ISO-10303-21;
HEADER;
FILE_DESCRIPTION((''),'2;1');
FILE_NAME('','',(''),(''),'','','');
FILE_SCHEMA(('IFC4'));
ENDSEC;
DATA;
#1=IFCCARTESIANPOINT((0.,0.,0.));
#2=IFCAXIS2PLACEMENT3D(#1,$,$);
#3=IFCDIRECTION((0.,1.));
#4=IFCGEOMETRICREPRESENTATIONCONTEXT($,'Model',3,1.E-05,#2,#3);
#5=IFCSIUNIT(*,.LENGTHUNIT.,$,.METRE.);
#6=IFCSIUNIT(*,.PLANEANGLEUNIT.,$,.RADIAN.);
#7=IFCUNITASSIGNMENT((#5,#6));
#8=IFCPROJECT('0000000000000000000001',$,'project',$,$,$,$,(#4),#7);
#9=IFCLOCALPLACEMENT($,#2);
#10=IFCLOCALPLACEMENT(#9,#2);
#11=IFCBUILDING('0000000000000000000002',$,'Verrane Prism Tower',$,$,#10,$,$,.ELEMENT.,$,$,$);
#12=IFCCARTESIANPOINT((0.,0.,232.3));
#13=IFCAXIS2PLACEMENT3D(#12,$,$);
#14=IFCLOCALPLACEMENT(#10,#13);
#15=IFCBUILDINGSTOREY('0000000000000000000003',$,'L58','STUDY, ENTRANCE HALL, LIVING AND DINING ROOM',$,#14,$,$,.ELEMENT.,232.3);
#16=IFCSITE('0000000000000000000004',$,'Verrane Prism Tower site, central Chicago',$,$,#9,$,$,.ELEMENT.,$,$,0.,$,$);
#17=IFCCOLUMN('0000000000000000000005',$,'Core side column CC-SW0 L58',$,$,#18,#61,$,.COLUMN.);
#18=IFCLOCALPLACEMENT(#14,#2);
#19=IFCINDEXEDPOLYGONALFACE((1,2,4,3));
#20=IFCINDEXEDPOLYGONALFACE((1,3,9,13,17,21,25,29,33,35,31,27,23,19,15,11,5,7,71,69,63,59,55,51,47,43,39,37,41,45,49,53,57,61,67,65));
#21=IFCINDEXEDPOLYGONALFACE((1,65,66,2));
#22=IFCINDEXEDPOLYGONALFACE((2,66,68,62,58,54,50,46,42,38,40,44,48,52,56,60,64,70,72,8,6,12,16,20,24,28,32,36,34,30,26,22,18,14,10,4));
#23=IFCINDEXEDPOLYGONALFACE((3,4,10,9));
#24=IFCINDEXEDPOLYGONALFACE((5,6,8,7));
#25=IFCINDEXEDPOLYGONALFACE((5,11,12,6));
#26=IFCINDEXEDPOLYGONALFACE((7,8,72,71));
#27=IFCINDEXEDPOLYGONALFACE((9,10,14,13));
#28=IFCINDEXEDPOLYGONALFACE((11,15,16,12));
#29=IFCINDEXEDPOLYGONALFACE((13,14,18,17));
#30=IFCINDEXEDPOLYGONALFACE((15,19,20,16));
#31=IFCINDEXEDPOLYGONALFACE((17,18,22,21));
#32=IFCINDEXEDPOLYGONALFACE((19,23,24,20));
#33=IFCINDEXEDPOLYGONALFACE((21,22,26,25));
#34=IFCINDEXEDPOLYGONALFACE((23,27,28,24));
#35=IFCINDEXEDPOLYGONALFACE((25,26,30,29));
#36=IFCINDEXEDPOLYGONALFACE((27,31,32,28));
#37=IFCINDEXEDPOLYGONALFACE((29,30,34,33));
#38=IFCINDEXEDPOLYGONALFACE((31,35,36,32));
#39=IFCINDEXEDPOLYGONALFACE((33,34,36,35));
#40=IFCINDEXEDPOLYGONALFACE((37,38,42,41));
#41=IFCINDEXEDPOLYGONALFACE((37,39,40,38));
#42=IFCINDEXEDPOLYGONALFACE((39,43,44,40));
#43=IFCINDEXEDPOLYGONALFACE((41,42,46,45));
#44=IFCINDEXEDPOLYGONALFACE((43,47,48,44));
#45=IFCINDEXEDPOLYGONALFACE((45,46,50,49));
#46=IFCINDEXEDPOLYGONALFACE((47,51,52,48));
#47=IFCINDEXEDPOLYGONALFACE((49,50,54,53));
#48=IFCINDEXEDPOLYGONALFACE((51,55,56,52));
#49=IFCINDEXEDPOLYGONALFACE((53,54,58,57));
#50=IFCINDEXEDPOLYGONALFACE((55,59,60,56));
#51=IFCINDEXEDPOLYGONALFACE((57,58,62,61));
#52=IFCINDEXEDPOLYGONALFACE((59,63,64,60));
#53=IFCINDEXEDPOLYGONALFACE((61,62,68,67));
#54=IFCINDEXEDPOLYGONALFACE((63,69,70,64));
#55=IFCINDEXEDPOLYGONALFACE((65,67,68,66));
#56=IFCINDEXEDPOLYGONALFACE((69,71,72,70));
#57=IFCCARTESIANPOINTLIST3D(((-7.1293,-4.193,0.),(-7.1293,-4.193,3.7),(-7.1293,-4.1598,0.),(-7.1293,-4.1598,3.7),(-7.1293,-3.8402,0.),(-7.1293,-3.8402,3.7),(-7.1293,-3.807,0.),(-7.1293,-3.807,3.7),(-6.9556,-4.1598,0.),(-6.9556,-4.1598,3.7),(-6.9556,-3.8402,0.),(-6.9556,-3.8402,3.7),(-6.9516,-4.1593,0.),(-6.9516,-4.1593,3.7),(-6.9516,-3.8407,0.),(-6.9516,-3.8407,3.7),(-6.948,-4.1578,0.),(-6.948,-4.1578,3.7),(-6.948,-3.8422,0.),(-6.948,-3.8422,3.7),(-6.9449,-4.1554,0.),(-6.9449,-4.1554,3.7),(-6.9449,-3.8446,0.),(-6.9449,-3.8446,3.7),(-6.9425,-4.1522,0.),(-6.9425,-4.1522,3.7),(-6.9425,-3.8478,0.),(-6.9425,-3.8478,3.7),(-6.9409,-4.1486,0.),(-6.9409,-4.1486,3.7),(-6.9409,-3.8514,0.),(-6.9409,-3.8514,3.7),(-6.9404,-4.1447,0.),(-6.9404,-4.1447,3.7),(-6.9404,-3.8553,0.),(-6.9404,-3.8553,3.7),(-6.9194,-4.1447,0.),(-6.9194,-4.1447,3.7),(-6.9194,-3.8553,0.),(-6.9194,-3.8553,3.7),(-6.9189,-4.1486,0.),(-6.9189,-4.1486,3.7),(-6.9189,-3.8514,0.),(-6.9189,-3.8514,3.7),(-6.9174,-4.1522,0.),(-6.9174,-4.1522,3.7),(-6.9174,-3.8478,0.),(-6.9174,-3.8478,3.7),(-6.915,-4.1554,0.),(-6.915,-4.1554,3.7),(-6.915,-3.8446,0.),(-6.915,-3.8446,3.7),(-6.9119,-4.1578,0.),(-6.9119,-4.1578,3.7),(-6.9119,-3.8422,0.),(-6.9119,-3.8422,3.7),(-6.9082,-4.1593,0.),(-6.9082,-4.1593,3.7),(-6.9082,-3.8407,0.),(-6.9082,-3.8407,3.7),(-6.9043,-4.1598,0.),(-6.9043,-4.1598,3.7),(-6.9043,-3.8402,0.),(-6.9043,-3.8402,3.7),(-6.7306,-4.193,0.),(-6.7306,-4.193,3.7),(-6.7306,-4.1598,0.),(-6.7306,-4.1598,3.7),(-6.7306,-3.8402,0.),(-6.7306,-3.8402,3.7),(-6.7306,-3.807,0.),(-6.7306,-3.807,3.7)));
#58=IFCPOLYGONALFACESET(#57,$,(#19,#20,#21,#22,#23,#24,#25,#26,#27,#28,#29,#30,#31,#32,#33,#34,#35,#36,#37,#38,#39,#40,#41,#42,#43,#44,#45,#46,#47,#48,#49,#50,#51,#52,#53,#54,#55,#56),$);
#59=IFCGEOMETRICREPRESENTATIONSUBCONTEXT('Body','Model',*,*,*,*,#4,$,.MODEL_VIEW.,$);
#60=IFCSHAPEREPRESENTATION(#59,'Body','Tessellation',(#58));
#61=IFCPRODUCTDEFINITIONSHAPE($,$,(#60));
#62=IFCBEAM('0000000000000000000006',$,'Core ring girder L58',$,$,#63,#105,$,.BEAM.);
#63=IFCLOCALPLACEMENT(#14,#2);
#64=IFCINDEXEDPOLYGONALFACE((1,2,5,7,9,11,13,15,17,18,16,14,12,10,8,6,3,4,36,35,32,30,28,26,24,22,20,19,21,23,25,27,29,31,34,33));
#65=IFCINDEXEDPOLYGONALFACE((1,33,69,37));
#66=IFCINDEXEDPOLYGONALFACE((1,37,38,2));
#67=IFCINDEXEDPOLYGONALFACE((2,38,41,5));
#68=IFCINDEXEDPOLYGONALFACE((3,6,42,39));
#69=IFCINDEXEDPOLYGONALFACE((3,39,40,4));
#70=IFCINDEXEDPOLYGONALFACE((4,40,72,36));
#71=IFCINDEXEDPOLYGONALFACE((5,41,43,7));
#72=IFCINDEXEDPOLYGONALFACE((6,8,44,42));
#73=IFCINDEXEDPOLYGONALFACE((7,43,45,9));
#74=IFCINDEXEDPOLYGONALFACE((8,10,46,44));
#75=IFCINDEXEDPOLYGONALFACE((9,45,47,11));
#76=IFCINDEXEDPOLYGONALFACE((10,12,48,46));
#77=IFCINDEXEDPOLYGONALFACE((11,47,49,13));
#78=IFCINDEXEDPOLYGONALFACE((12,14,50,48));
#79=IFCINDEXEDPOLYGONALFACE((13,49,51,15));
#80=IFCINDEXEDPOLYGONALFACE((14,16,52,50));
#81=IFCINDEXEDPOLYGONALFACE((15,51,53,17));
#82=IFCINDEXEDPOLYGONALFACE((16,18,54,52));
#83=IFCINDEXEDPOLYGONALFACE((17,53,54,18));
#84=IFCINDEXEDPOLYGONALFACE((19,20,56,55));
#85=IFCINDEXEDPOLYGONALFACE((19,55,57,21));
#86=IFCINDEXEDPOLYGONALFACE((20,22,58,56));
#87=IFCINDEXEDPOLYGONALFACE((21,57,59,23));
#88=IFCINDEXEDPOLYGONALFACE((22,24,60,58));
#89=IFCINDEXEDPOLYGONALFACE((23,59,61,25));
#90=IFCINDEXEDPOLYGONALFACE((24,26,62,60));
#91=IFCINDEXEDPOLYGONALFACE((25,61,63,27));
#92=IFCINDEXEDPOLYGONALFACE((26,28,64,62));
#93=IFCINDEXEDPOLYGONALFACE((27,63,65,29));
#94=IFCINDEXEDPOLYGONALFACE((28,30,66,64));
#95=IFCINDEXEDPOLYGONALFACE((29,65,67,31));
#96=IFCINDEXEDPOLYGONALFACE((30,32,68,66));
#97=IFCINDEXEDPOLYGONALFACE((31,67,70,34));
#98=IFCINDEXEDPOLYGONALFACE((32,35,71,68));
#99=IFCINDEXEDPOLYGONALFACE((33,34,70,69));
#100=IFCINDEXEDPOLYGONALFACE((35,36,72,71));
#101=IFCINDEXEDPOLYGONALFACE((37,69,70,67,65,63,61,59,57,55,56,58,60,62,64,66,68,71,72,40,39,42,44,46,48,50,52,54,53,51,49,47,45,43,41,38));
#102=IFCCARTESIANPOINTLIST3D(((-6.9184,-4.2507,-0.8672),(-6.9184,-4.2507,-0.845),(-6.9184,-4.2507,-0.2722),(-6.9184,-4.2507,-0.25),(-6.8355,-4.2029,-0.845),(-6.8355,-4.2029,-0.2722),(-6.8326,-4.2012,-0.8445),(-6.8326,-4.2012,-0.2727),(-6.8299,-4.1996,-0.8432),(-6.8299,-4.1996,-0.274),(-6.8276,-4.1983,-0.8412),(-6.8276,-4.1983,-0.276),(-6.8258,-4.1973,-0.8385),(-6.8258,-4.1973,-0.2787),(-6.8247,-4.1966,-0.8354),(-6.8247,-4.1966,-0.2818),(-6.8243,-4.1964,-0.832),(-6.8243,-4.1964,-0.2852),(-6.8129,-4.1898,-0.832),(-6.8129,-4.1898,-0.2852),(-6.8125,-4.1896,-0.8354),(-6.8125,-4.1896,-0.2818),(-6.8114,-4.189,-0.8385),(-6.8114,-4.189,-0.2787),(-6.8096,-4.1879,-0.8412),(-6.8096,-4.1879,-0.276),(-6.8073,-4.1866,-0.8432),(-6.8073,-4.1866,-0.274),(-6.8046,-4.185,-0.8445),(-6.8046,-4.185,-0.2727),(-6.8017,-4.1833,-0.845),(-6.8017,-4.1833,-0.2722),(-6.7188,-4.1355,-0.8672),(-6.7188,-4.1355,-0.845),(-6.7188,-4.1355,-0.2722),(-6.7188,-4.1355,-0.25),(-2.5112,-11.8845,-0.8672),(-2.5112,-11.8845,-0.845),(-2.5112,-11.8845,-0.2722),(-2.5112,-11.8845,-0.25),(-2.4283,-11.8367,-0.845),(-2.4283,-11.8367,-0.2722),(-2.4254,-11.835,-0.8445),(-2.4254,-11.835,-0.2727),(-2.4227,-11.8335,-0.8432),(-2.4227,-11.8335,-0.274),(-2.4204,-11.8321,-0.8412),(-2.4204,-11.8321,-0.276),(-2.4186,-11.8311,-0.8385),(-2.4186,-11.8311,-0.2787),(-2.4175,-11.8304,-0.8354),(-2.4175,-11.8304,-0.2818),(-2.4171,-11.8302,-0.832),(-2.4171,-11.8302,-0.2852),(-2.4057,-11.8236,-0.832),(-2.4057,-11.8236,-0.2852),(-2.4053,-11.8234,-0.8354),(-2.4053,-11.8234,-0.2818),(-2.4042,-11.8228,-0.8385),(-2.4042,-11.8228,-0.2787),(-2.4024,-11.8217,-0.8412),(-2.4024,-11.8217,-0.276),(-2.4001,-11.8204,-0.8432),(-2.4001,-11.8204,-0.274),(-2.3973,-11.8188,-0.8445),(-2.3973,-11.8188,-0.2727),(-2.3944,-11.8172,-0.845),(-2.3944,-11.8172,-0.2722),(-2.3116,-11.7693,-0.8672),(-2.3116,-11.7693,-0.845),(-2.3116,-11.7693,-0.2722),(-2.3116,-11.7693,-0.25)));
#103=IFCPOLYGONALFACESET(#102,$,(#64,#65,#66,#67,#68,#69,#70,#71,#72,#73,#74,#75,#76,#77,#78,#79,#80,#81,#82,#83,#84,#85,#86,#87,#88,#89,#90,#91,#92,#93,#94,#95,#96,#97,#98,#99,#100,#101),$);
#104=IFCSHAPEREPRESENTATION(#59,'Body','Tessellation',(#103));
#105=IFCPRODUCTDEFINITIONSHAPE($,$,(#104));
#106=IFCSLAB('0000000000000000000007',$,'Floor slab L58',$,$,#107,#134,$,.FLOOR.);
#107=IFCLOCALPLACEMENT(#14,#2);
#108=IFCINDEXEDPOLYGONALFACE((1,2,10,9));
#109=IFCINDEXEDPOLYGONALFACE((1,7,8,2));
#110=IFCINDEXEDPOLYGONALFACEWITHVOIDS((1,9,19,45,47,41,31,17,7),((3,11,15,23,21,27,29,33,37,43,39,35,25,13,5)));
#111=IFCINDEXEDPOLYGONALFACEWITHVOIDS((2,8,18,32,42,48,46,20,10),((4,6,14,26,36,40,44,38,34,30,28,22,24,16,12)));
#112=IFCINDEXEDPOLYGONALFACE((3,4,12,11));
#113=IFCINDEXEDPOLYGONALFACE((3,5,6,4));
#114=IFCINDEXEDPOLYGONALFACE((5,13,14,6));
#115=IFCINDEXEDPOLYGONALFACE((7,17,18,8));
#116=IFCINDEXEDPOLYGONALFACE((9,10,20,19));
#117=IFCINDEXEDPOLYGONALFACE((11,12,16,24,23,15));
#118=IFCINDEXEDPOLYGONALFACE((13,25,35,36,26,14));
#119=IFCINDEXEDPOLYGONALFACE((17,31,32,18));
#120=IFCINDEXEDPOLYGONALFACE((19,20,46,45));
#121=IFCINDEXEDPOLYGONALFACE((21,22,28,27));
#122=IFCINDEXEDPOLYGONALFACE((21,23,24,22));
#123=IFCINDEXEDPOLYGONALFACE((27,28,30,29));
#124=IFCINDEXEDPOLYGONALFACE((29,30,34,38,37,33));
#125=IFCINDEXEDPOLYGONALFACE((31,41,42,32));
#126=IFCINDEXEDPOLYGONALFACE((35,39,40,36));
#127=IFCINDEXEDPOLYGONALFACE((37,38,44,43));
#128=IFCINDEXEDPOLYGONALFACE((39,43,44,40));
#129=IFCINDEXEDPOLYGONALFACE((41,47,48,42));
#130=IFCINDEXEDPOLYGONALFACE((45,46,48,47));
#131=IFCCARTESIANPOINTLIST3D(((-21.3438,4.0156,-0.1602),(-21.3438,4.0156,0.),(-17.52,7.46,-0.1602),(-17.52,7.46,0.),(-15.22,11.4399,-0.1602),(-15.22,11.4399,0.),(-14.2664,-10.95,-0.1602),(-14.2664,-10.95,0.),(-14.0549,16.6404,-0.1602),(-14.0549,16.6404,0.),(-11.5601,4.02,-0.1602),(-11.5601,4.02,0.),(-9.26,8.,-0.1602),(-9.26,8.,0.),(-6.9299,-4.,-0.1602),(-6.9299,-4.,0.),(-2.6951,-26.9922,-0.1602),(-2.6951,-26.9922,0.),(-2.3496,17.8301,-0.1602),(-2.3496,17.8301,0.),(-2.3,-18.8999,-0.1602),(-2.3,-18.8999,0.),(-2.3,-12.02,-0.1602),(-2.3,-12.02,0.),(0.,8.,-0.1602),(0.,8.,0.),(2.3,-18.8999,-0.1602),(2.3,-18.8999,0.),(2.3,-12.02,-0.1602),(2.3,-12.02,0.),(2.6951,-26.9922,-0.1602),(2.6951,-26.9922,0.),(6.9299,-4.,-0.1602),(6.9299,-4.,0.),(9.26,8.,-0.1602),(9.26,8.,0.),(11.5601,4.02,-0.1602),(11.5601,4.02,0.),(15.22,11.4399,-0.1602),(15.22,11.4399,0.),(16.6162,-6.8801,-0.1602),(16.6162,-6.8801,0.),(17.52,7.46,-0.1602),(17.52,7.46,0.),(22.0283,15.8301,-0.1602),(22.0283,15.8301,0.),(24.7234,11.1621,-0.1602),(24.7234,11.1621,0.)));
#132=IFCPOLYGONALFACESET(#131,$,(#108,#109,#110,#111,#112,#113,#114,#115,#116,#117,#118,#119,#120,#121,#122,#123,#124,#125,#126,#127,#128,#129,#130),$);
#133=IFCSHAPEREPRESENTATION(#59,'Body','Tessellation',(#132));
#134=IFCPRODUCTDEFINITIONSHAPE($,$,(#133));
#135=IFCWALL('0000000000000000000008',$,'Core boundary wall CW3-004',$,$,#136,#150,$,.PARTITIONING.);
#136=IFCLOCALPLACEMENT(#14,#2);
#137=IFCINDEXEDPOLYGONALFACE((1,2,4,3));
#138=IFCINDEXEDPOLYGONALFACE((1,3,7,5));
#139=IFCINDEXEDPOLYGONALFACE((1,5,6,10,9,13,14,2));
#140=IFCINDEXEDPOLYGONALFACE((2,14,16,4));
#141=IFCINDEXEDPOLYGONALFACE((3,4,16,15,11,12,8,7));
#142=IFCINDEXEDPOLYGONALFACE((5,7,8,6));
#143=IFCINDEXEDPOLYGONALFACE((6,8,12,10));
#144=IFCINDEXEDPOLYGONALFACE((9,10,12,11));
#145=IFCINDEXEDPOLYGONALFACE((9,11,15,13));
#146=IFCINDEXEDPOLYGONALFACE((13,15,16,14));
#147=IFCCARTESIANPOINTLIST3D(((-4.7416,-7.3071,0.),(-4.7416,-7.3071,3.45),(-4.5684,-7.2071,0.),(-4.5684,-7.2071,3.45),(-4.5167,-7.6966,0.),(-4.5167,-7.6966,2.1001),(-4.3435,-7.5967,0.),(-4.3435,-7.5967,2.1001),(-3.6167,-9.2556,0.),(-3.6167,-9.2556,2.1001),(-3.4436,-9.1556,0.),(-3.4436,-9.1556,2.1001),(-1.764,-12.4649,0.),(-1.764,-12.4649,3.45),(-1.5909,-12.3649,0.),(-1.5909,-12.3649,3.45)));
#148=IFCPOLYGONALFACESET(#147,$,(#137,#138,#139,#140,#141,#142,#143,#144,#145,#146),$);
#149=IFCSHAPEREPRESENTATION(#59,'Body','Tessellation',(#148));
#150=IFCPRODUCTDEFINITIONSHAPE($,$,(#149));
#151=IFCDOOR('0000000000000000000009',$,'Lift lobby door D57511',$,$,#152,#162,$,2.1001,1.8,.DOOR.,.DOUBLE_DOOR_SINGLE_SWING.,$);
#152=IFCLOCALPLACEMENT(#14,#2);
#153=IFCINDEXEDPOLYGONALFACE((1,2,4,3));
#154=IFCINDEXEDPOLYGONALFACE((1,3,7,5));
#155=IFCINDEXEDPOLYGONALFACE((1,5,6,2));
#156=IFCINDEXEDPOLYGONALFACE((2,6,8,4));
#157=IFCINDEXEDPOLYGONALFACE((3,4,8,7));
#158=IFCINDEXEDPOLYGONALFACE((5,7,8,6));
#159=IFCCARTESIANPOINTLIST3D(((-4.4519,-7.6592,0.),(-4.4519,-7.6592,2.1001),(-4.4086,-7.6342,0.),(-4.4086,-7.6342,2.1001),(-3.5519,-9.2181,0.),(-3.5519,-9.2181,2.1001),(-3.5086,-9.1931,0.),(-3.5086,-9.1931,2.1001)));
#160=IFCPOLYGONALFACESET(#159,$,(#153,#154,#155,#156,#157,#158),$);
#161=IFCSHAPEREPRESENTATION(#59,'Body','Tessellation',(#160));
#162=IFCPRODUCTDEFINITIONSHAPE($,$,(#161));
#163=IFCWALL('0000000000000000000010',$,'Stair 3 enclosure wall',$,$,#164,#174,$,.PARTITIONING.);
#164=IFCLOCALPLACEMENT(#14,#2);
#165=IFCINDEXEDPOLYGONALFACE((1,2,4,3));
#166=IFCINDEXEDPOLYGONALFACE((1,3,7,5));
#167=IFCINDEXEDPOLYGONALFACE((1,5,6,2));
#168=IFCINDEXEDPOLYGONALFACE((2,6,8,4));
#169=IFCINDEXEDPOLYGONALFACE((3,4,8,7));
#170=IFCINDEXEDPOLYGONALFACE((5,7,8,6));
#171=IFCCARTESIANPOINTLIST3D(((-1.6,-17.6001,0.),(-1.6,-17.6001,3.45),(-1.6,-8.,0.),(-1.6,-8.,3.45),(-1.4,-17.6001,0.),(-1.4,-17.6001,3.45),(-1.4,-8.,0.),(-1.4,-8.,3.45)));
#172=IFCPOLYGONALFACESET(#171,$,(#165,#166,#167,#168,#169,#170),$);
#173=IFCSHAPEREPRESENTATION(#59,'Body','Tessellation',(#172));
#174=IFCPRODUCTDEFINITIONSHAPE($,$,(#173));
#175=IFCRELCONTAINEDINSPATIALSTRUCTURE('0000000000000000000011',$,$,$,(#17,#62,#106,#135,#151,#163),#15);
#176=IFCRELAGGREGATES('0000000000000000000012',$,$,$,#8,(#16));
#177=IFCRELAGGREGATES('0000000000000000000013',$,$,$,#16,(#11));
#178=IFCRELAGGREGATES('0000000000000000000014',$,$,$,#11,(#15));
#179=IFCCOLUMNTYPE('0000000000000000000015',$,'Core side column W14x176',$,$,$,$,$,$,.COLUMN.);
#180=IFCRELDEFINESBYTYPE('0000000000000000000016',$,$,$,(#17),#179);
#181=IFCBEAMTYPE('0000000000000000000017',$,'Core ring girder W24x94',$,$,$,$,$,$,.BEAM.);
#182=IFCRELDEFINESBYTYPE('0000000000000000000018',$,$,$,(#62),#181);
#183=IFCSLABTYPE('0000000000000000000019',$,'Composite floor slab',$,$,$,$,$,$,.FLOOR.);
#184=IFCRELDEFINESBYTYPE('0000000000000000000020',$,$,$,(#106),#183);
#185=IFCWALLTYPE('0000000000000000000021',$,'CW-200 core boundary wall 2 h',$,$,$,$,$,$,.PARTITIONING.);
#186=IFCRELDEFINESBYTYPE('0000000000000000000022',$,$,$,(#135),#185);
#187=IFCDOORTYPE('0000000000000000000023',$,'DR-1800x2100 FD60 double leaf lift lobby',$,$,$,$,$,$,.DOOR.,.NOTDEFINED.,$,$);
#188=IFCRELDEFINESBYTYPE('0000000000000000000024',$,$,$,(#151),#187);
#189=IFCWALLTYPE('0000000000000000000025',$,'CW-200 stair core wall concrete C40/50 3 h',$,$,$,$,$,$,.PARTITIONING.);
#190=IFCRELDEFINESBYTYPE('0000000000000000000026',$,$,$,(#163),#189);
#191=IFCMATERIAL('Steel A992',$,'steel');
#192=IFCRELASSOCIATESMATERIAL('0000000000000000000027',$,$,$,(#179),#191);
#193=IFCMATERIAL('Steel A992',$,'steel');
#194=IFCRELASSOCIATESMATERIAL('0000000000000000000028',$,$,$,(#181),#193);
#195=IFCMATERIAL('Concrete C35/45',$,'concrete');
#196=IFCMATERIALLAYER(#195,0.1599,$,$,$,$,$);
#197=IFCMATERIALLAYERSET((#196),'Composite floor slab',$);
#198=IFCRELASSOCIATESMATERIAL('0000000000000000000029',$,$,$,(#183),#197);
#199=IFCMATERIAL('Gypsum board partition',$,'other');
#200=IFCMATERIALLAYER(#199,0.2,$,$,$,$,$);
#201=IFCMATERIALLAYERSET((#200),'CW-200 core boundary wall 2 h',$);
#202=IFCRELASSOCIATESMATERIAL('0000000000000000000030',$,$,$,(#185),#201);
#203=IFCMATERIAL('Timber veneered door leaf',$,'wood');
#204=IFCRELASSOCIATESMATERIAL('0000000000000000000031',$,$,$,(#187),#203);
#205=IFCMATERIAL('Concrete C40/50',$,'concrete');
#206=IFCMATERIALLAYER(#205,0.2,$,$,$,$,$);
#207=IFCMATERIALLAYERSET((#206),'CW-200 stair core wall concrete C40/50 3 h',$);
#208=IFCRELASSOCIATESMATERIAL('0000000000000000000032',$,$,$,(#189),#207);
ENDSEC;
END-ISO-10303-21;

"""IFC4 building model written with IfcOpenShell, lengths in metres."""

from ifc_helpers import new_model, si_unit, direction, frame, frame_2d, origin, origin_2d, place, context, subcontext, project, spatial, polyline, rectangle, i_section, outline, extrude, material, layer, layer_set, material_profile, profile_set, type_object, element, fill, save


model = new_model("IFC4")

# Units and contexts
model_context = context("Model", 3, precision=1e-05, world=origin(), true_north=direction((0.0, 1.0)))
body_context = subcontext(model_context, "Body", "Model", "MODEL_VIEW")
ifc_project = project(units=[si_unit("LENGTHUNIT", "METRE"), si_unit("PLANEANGLEUNIT", "RADIAN")], contexts=[model_context])

# Site, building, storey
site_placement = place(None, origin())
site = spatial("IfcSite", under=ifc_project, at=site_placement, Name="Verrane Prism Tower site, central Chicago", CompositionType="ELEMENT", RefElevation=0.0)
building_placement = place(site_placement, origin())
building = spatial("IfcBuilding", under=site, at=building_placement, Name="Verrane Prism Tower", CompositionType="ELEMENT")
storey_placement = place(building_placement, frame((0.0, 0.0, 232.3)))
storey = spatial("IfcBuildingStorey", under=building, at=storey_placement, Name="L58", Description="STUDY, ENTRANCE HALL, LIVING AND DINING ROOM", CompositionType="ELEMENT", Elevation=232.3)

# Column
ifc_material_1 = material(Name="Steel A992", Category="steel")
ifc_material_profile_1 = material_profile(ifc_material_1, i_section(OverallWidth=0.3987, OverallDepth=0.386, WebThickness=0.021, FlangeThickness=0.0332, FilletRadius=0.0151, at=origin_2d()), Name="W14x176")
ifc_profile_set_1 = profile_set([ifc_material_profile_1], Name="Steel A992")
column_type = type_object("IfcColumnType", Name="Core side column W14x176", PredefinedType="COLUMN", material=ifc_profile_set_1)
column_placement = place(storey_placement, frame((-6.9299, -4.0, 0.0), z_axis=(0.0, 0.0, 1.0), x_axis=(1.0, 0.0, 0.0)))
element("IfcColumn", 1, at=column_placement, inside=storey, type_object=column_type, Name="Core side column CC-SW0 L58", PredefinedType="COLUMN", context=body_context, shape_type="SweptSolid", body=[
    extrude(i_section(OverallWidth=0.3987, OverallDepth=0.386, WebThickness=0.021, FlangeThickness=0.0332, FilletRadius=0.0151, at=origin_2d()), origin(), (0.0, 0.0, 1.0), 3.7),
])

# Beam
ifc_material_2 = material(Name="Steel A992", Category="steel")
ifc_material_profile_2 = material_profile(ifc_material_2, i_section(OverallWidth=0.2305, OverallDepth=0.6172, WebThickness=0.0132, FlangeThickness=0.0222, FilletRadius=0.0129, at=origin_2d()), Name="W24x94")
ifc_profile_set_2 = profile_set([ifc_material_profile_2], Name="Steel A992")
beam_type = type_object("IfcBeamType", Name="Core ring girder W24x94", PredefinedType="BEAM", material=ifc_profile_set_2)
beam_placement = place(storey_placement, frame((-6.8186, -4.1931, -0.5586), z_axis=(0.499988, -0.866032, 0.0), x_axis=(0.866032, 0.499988, 0.0)))
element("IfcBeam", 2, at=beam_placement, inside=storey, type_object=beam_type, Name="Core ring girder L58", PredefinedType="BEAM", context=body_context, shape_type="SweptSolid", body=[
    extrude(i_section(OverallWidth=0.2305, OverallDepth=0.6172, WebThickness=0.0132, FlangeThickness=0.0222, FilletRadius=0.0129, at=origin_2d()), origin(), (0.0, 0.0, 1.0), 8.8147),
])

# Slab
ifc_material_3 = material(Name="Concrete C35/45", Category="concrete")
ifc_layer_1 = layer(ifc_material_3, 0.1599)
ifc_layer_set_1 = layer_set([ifc_layer_1], Name="Composite floor slab")
slab_type = type_object("IfcSlabType", Name="Composite floor slab", PredefinedType="FLOOR", material=ifc_layer_set_1)
slab_placement = place(storey_placement, frame((0.0, 0.0, -0.1602)))
element("IfcSlab", 3, at=slab_placement, inside=storey, type_object=slab_type, Name="Floor slab L58", PredefinedType="FLOOR", context=body_context, shape_type="SweptSolid", body=[
    extrude(outline(polyline([(-2.3496, 17.8301), (22.0283, 15.8301), (24.7234, 11.1621), (16.6162, -6.8801), (2.6951, -26.9922), (-2.6951, -26.9922), (-14.2664, -10.95), (-21.3438, 4.0156), (-14.0549, 16.6404), (-2.3496, 17.8301)]), holes=[polyline([(17.52, 7.46), (15.22, 11.4399), (9.26, 8.0), (0.0, 8.0), (-9.26, 8.0), (-15.22, 11.4399), (-17.52, 7.46), (-11.5601, 4.02), (-6.9299, -4.0), (-2.3, -12.02), (-2.3, -18.8999), (2.3, -18.8999), (2.3, -12.02), (6.9299, -4.0), (11.5601, 4.02), (17.52, 7.46)])]), origin(), (0.0, 0.0, 1.0), 0.1602),
])

# Wall, opening, door
ifc_material_4 = material(Name="Gypsum board partition", Category="other")
ifc_layer_2 = layer(ifc_material_4, 0.2)
ifc_layer_set_2 = layer_set([ifc_layer_2], Name="CW-200 core boundary wall 2 h")
wall_type_1 = type_object("IfcWallType", Name="CW-200 core boundary wall 2 h", PredefinedType="PARTITIONING", material=ifc_layer_set_2)
wall_1_placement = place(storey_placement, frame((-4.655, -7.2571, 0.0), z_axis=(0.0, 0.0, 1.0), x_axis=(0.499966, -0.866045, 0.0)))
wall_1 = element("IfcWall", 4, at=wall_1_placement, inside=storey, type_object=wall_type_1, Name="Core boundary wall CW3-004", PredefinedType="PARTITIONING", context=body_context, shape_type="SweptSolid", body=[
    extrude(rectangle(XDim=5.9556, YDim=0.2, at=frame_2d((2.9778, 0.0))), origin(), (0.0, 0.0, 1.0), 3.45),
])
opening_1_placement = place(wall_1_placement, frame((0.45, 0.0, 0.0)))
opening_1 = element("IfcOpeningElement", 5, at=opening_1_placement, cuts=wall_1, PredefinedType="OPENING", context=body_context, shape_type="SweptSolid", body=[
    extrude(rectangle(XDim=1.8, YDim=2.1001, at=frame_2d((0.8999, 1.05))), frame((0.0, 0.1099, 0.0), z_axis=(0.0, -1.0, 0.0), x_axis=(1.0, 0.0, 0.0)), (0.0, 0.0, 1.0), 0.22),
])
ifc_material_5 = material(Name="Timber veneered door leaf", Category="wood")
door_type_1 = type_object("IfcDoorType", Name="DR-1800x2100 FD60 double leaf lift lobby", OperationType="NOTDEFINED", PredefinedType="DOOR", material=ifc_material_5)
door_1_placement = place(opening_1_placement, origin())
door_1 = element("IfcDoor", 6, at=door_1_placement, inside=storey, type_object=door_type_1, Name="Lift lobby door D57511", OperationType="DOUBLE_DOOR_SINGLE_SWING", OverallHeight=2.1001, OverallWidth=1.8, PredefinedType="DOOR", context=body_context, shape_type="SweptSolid", body=[
    extrude(rectangle(XDim=1.8, YDim=2.1001, at=frame_2d((0.8999, 1.05))), frame((0.0, 0.0249, 0.0), z_axis=(0.0, -1.0, 0.0), x_axis=(1.0, 0.0, 0.0)), (0.0, 0.0, 1.0), 0.05),
])
fill(opening_1, door_1)

# Wall
ifc_material_6 = material(Name="Concrete C40/50", Category="concrete")
ifc_layer_3 = layer(ifc_material_6, 0.2)
ifc_layer_set_3 = layer_set([ifc_layer_3], Name="CW-200 stair core wall concrete C40/50 3 h")
wall_type_2 = type_object("IfcWallType", Name="CW-200 stair core wall concrete C40/50 3 h", PredefinedType="PARTITIONING", material=ifc_layer_set_3)
wall_2_placement = place(storey_placement, frame((-1.5, -8.0, 0.0), z_axis=(0.0, 0.0, 1.0), x_axis=(0.0, -1.0, 0.0)))
element("IfcWall", 7, at=wall_2_placement, inside=storey, type_object=wall_type_2, Name="Stair 3 enclosure wall", PredefinedType="PARTITIONING", context=body_context, shape_type="SweptSolid", body=[
    extrude(rectangle(XDim=9.6001, YDim=0.2, at=frame_2d((4.8, 0.0))), origin(), (0.0, 0.0, 1.0), 3.45),
])

save(model, "model.ifc")
